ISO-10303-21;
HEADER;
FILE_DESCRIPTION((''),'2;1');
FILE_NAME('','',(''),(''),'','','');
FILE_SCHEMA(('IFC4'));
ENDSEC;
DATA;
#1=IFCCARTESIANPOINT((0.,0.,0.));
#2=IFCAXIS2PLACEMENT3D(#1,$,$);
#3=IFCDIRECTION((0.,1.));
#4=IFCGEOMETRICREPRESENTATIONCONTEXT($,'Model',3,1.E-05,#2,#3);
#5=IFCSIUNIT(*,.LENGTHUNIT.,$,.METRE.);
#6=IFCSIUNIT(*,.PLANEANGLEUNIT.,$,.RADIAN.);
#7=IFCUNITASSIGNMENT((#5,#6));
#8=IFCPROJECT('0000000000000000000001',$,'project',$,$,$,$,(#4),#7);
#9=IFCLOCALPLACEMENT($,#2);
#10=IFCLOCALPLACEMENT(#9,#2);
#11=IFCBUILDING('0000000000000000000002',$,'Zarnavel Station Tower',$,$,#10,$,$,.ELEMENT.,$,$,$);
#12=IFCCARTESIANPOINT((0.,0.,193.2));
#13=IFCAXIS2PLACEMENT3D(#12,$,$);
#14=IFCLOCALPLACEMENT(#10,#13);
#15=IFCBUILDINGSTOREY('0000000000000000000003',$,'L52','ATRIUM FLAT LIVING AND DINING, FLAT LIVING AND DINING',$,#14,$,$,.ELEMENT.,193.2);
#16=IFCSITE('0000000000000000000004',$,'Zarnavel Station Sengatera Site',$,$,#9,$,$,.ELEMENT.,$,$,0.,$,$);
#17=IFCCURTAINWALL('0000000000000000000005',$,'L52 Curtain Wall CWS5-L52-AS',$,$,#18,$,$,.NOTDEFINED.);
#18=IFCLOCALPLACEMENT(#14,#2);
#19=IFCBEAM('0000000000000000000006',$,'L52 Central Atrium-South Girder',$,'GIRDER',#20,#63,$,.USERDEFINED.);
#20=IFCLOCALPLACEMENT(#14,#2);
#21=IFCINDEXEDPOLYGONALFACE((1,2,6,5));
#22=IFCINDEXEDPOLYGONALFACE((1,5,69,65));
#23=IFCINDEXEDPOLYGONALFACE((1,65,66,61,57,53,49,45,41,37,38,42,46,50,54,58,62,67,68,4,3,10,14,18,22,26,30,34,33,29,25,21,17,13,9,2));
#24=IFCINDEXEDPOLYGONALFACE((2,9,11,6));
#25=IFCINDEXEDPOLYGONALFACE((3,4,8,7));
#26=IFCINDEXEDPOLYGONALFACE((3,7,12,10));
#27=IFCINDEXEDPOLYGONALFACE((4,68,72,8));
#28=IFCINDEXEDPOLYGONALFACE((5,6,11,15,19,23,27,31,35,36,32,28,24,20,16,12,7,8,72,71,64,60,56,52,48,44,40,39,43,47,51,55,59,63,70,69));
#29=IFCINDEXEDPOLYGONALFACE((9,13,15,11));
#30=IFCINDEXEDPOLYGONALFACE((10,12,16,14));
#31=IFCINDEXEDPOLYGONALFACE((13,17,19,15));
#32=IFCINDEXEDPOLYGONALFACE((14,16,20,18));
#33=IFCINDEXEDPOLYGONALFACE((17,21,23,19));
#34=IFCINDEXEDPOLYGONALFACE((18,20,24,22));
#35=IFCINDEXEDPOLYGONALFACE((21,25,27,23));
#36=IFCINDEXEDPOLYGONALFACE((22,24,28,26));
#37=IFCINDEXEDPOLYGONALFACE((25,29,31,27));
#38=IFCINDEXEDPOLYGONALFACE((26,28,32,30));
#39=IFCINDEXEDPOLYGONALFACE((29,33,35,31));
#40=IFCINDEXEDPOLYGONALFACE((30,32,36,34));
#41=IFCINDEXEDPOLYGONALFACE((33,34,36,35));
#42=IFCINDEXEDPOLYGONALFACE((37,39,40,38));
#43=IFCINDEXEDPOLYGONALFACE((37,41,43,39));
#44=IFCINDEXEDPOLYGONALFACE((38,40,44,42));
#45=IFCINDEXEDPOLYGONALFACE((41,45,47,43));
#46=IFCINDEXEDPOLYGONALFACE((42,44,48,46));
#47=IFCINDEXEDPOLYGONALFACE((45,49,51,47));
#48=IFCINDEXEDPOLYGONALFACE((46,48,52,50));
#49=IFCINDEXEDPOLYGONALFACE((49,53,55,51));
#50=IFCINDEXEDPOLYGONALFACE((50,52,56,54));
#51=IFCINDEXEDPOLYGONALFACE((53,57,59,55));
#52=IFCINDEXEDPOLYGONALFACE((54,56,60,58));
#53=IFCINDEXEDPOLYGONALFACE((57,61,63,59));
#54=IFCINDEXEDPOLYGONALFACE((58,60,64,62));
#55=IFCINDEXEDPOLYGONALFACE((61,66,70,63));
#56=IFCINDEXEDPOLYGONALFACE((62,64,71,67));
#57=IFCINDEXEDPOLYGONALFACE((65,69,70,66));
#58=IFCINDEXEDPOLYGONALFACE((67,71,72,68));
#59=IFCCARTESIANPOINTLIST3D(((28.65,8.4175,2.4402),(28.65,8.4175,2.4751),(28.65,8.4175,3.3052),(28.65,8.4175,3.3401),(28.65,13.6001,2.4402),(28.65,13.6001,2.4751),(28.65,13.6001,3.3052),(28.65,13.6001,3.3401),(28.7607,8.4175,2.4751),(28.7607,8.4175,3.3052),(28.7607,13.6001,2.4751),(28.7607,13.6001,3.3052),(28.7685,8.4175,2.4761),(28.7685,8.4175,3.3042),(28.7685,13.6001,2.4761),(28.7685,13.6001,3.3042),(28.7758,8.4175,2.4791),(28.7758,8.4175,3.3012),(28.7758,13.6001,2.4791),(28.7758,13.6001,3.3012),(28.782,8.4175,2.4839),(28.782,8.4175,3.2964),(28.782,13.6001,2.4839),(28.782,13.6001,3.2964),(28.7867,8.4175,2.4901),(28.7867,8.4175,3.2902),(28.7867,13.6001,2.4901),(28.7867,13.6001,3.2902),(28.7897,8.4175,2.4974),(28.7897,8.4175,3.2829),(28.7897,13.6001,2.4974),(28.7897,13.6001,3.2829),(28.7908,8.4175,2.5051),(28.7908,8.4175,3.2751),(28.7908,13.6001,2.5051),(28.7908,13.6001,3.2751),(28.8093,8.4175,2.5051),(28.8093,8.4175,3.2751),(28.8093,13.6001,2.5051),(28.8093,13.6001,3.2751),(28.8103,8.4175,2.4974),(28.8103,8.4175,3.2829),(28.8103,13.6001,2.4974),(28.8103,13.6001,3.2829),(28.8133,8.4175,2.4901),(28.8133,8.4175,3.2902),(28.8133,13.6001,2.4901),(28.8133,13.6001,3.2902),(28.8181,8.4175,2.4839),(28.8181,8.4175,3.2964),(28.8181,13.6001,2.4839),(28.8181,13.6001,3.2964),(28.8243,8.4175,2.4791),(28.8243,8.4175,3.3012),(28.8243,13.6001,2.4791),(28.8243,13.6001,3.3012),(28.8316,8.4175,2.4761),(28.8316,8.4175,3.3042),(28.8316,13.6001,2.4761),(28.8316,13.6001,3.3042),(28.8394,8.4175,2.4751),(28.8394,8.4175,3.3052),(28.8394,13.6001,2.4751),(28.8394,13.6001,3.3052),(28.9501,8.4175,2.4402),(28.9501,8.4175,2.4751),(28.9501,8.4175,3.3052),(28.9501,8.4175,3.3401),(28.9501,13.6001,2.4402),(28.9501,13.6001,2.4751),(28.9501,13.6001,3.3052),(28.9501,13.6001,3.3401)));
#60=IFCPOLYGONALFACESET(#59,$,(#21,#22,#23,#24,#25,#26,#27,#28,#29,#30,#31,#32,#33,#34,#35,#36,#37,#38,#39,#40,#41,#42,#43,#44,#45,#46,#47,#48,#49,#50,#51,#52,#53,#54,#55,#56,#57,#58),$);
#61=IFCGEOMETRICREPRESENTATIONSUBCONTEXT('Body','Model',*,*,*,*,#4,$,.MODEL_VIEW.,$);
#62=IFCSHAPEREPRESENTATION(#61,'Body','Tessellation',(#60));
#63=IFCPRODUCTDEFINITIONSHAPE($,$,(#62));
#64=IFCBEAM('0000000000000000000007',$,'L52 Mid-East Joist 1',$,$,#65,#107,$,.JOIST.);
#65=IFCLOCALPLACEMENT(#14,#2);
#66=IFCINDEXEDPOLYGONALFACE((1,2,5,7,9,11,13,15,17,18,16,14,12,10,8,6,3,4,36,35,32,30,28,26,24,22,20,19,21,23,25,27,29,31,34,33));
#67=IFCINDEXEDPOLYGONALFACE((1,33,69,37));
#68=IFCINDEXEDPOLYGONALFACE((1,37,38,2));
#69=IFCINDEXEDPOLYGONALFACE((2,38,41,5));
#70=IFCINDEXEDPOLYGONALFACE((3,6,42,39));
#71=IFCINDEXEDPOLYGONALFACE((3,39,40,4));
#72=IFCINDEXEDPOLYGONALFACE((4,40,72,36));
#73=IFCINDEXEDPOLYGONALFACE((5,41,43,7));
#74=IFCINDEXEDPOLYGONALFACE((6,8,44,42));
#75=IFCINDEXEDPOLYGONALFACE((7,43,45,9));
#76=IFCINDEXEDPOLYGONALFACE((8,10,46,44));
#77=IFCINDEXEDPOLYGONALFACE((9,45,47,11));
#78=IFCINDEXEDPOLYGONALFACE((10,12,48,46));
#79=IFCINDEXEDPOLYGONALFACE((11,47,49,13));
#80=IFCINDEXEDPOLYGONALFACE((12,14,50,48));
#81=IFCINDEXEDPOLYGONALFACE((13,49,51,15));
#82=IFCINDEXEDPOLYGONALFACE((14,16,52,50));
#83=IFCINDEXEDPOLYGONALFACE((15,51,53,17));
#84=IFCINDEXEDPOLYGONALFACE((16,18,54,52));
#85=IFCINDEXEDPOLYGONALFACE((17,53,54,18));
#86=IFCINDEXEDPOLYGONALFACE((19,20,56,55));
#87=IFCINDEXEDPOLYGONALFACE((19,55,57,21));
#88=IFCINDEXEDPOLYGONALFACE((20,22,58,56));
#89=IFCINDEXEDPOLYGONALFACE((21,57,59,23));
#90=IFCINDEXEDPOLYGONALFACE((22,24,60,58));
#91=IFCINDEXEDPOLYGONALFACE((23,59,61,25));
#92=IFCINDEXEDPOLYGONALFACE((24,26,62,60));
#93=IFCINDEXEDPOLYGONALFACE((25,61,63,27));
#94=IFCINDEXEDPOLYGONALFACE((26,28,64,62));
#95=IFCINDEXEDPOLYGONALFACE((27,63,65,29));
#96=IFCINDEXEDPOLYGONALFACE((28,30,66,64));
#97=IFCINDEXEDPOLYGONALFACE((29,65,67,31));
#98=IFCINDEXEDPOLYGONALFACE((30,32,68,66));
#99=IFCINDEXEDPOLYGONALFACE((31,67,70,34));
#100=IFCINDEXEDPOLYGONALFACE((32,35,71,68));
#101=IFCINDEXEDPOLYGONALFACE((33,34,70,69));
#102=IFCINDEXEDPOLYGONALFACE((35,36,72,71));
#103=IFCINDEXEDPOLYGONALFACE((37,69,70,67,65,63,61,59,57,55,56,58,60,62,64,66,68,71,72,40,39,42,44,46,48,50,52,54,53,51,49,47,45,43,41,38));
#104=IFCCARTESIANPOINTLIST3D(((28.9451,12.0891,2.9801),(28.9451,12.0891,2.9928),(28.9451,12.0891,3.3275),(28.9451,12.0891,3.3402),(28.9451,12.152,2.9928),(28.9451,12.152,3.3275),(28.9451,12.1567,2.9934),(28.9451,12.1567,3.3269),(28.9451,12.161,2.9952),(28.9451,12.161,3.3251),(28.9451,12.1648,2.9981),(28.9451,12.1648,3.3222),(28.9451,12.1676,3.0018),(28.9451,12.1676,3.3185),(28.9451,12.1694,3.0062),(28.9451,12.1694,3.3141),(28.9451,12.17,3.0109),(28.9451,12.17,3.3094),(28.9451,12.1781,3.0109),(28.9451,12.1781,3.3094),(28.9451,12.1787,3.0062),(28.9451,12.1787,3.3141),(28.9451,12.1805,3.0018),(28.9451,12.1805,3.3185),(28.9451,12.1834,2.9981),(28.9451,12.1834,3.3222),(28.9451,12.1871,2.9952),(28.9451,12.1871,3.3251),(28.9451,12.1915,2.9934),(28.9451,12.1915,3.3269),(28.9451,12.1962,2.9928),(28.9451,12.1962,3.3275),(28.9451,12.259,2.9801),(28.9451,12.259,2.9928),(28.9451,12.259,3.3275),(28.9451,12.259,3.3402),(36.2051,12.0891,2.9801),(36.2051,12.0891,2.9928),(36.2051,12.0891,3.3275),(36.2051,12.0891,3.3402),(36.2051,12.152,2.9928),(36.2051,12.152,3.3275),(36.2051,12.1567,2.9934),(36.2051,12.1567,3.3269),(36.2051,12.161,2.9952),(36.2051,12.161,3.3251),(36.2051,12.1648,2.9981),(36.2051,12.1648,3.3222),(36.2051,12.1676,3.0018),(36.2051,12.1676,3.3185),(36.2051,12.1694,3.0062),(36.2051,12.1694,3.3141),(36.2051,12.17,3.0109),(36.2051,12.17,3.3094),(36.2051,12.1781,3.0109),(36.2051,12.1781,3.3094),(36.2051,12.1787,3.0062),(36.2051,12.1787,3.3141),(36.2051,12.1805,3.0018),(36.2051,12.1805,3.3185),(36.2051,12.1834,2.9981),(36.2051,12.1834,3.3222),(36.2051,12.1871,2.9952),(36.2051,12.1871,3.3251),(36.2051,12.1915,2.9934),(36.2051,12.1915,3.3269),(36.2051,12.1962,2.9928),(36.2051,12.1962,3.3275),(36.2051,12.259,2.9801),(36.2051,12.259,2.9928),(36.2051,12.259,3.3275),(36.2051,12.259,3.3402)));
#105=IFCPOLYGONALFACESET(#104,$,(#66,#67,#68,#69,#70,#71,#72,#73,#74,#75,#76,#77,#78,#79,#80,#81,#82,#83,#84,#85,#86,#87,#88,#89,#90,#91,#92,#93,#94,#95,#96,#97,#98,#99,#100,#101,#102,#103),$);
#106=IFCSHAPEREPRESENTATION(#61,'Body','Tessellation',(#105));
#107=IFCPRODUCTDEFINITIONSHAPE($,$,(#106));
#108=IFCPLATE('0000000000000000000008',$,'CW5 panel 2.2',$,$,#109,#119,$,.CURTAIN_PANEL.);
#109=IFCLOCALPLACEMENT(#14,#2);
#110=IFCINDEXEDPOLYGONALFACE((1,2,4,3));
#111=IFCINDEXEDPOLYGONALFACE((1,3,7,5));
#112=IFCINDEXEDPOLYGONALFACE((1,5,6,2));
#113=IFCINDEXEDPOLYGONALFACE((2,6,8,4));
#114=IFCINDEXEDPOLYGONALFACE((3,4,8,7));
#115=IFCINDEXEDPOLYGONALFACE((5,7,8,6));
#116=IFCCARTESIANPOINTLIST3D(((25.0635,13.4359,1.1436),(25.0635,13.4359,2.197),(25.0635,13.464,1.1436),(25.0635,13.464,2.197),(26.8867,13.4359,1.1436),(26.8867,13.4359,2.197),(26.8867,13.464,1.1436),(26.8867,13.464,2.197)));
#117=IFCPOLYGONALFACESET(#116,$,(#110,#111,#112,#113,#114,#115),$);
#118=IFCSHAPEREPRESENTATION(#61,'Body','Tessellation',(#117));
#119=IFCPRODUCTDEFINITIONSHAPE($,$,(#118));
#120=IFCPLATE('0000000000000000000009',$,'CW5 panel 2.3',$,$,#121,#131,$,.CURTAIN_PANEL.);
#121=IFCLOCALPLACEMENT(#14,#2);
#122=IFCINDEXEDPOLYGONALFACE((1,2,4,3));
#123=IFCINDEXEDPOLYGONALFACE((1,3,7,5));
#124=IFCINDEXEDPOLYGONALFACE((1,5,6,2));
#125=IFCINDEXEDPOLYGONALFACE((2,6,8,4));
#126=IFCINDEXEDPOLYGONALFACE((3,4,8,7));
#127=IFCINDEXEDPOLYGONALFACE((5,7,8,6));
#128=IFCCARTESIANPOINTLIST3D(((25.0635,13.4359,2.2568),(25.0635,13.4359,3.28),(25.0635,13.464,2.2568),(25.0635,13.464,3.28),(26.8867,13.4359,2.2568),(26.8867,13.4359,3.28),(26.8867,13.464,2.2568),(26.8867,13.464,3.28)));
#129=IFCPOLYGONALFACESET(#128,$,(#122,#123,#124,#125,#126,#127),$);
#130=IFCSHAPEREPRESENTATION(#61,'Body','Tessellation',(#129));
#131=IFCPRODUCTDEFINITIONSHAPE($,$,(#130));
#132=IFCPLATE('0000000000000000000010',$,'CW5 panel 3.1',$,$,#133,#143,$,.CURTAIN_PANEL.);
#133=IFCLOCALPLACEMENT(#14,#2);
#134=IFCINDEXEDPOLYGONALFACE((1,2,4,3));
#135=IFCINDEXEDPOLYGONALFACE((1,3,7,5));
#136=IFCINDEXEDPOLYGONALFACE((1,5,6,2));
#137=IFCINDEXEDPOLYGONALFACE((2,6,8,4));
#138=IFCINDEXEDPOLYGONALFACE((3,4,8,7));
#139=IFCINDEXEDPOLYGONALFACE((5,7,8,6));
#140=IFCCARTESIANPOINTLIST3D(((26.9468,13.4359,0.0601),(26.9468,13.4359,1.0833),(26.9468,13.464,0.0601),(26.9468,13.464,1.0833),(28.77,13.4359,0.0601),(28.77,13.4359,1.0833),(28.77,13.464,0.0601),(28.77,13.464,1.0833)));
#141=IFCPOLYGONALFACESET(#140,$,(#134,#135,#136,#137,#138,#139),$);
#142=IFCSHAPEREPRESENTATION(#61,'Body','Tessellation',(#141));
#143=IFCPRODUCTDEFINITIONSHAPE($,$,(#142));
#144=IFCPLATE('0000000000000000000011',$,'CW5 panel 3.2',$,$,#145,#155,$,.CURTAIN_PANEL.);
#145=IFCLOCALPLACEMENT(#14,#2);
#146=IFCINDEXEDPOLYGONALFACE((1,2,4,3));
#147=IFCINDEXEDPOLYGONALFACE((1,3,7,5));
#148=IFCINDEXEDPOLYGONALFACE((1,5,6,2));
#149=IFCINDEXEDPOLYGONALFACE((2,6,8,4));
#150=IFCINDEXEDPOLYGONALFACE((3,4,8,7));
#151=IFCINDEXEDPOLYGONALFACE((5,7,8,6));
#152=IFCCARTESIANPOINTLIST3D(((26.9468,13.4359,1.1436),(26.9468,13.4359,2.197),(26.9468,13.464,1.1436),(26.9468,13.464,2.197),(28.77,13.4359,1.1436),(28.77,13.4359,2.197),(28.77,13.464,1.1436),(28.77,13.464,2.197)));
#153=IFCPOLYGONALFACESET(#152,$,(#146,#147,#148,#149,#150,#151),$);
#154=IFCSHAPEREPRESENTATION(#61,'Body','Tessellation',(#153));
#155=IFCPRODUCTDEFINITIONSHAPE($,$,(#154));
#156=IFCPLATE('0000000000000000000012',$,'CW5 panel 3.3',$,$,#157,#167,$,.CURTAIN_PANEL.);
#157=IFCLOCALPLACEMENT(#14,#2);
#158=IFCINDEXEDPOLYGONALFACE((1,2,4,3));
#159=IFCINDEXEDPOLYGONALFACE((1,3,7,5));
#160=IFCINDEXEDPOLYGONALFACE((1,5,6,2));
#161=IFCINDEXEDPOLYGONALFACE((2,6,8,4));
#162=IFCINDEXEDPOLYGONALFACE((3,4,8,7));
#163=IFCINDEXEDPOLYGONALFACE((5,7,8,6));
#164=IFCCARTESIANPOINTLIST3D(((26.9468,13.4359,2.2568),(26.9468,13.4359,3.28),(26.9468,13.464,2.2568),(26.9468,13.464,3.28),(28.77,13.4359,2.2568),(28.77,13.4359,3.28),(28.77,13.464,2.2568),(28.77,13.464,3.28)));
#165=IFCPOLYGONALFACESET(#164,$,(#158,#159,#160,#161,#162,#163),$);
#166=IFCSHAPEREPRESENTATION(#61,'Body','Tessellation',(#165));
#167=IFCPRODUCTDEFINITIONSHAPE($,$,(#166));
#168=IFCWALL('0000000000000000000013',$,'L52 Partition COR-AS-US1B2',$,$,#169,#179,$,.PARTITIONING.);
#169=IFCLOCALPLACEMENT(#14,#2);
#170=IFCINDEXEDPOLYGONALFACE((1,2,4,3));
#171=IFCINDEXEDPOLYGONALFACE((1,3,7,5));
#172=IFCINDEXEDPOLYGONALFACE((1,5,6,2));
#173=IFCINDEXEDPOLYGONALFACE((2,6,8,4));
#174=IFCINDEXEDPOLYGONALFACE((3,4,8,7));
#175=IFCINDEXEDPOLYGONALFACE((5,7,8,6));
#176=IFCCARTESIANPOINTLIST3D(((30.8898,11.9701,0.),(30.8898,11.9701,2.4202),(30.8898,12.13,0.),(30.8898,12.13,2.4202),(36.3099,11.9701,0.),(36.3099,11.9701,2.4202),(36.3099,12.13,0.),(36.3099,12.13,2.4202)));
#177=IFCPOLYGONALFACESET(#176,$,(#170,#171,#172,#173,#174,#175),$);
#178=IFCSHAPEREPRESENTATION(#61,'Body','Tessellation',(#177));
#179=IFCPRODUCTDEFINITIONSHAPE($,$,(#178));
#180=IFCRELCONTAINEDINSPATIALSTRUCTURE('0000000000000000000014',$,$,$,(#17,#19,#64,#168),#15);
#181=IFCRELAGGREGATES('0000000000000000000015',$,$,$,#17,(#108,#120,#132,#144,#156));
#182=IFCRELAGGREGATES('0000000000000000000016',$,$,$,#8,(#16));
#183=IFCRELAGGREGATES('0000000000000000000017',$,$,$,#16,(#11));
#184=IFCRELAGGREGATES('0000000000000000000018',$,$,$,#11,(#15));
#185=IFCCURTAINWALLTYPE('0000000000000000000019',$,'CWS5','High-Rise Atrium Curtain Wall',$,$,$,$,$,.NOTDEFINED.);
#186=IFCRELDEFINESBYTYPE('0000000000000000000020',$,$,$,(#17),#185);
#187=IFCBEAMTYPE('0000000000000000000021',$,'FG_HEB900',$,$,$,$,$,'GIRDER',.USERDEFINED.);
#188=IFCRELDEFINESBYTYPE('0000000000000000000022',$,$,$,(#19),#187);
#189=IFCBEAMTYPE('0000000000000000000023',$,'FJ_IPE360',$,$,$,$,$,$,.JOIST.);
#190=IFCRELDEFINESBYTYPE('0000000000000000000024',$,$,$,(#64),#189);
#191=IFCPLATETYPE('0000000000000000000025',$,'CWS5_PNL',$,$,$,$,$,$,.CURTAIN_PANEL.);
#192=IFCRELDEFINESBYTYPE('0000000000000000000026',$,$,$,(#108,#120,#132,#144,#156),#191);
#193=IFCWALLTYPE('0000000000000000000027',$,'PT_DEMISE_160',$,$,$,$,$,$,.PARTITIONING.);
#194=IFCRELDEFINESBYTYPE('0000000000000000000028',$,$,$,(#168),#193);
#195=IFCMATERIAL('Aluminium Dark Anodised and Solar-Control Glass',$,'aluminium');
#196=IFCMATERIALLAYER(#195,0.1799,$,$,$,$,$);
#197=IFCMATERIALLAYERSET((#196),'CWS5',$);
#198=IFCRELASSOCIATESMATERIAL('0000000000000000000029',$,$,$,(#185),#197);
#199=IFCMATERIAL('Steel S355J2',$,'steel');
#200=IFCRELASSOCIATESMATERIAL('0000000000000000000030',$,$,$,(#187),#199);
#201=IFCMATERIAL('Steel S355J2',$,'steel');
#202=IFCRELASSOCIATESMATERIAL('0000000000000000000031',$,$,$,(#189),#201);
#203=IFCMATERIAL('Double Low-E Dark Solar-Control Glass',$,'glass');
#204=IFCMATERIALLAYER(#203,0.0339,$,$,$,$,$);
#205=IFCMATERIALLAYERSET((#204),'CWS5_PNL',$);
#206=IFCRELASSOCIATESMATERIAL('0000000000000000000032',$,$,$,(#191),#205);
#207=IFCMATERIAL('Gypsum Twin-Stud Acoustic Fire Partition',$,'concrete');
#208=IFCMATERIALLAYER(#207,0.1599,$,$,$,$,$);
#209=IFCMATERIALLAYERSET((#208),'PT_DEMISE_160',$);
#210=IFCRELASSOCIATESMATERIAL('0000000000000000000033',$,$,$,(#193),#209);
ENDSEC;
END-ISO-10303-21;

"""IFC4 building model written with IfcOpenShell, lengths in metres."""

from ifc_helpers import new_model, si_unit, direction, frame, frame_2d, origin, origin_2d, place, context, subcontext, project, spatial, rectangle, i_section, extrude, material, layer, layer_set, material_profile, profile_set, type_object, element, aggregate, save


model = new_model("IFC4")

# Units and contexts
model_context = context("Model", 3, precision=1e-05, world=origin(), true_north=direction((0.0, 1.0)))
body_context = subcontext(model_context, "Body", "Model", "MODEL_VIEW")
ifc_project = project(units=[si_unit("LENGTHUNIT", "METRE"), si_unit("PLANEANGLEUNIT", "RADIAN")], contexts=[model_context])

# Site, building, storey
site_placement = place(None, origin())
site = spatial("IfcSite", under=ifc_project, at=site_placement, Name="Zarnavel Station Sengatera Site", CompositionType="ELEMENT", RefElevation=0.0)
building_placement = place(site_placement, origin())
building = spatial("IfcBuilding", under=site, at=building_placement, Name="Zarnavel Station Tower", CompositionType="ELEMENT")
storey_placement = place(building_placement, frame((0.0, 0.0, 193.2)))
storey = spatial("IfcBuildingStorey", under=building, at=storey_placement, Name="L52", Description="ATRIUM FLAT LIVING AND DINING, FLAT LIVING AND DINING", CompositionType="ELEMENT", Elevation=193.2)

# Curtain wall
ifc_material_1 = material(Name="Aluminium Dark Anodised and Solar-Control Glass", Category="aluminium")
ifc_layer_1 = layer(ifc_material_1, 0.1799)
ifc_layer_set_1 = layer_set([ifc_layer_1], Name="CWS5")
curtain_wall_type_1 = type_object("IfcCurtainWallType", Name="CWS5", Description="High-Rise Atrium Curtain Wall", PredefinedType="NOTDEFINED", material=ifc_layer_set_1)
curtain_wall_1_placement = place(storey_placement, origin())
curtain_wall_1 = element("IfcCurtainWall", 1, at=curtain_wall_1_placement, inside=storey, type_object=curtain_wall_type_1, Name="L52 Curtain Wall CWS5-L52-AS", PredefinedType="NOTDEFINED")

# Beams
ifc_material_2 = material(Name="Steel S355J2", Category="steel")
ifc_material_profile_1 = material_profile(ifc_material_2, i_section(OverallWidth=0.3, OverallDepth=0.8999, WebThickness=0.0186, FlangeThickness=0.0349, FilletRadius=0.03, at=origin_2d()), Name="HEB900")
ifc_profile_set_1 = profile_set([ifc_material_profile_1], Name="Steel S355J2")
beam_type_1 = type_object("IfcBeamType", Name="FG_HEB900", ElementType="GIRDER", PredefinedType="USERDEFINED", material=ifc_profile_set_1)
beam_1_placement = place(storey_placement, frame((28.8, 8.4175, 2.8901), z_axis=(0.0, 1.0, 0.0), x_axis=(-1.0, 0.0, 0.0)))
element("IfcBeam", 2, at=beam_1_placement, inside=storey, type_object=beam_type_1, Name="L52 Central Atrium-South Girder", ObjectType="GIRDER", PredefinedType="USERDEFINED", context=body_context, shape_type="SweptSolid", body=[
    extrude(i_section(OverallWidth=0.3, OverallDepth=0.8999, WebThickness=0.0186, FlangeThickness=0.0349, FilletRadius=0.03, at=origin_2d()), origin(), (0.0, 0.0, 1.0), 5.1826),
])
ifc_material_3 = material(Name="Steel S355J2", Category="steel")
ifc_material_profile_2 = material_profile(ifc_material_3, i_section(OverallWidth=0.1699, OverallDepth=0.3601, WebThickness=0.0081, FlangeThickness=0.0127, FilletRadius=0.0181, at=origin_2d()), Name="IPE360")
ifc_profile_set_2 = profile_set([ifc_material_profile_2], Name="Steel S355J2")
beam_type_2 = type_object("IfcBeamType", Name="FJ_IPE360", PredefinedType="JOIST", material=ifc_profile_set_2)
beam_2_placement = place(storey_placement, frame((28.9451, 12.1741, 3.1602), z_axis=(1.0, 0.0, 0.0), x_axis=(0.0, 1.0, 0.0)))
element("IfcBeam", 3, at=beam_2_placement, inside=storey, type_object=beam_type_2, Name="L52 Mid-East Joist 1", PredefinedType="JOIST", context=body_context, shape_type="SweptSolid", body=[
    extrude(i_section(OverallWidth=0.1699, OverallDepth=0.3601, WebThickness=0.0081, FlangeThickness=0.0127, FilletRadius=0.0181, at=origin_2d()), origin(), (0.0, 0.0, 1.0), 7.26),
])

# Plates
ifc_material_4 = material(Name="Double Low-E Dark Solar-Control Glass", Category="glass")
ifc_layer_2 = layer(ifc_material_4, 0.0339)
ifc_layer_set_2 = layer_set([ifc_layer_2], Name="CWS5_PNL")
plate_type = type_object("IfcPlateType", Name="CWS5_PNL", PredefinedType="CURTAIN_PANEL", material=ifc_layer_set_2)
plate_1_placement = place(storey_placement, frame((25.9751, 13.45, 1.1436), z_axis=(0.0, 0.0, 1.0), x_axis=(1.0, 0.0, 0.0)))
plate_1 = element("IfcPlate", 4, at=plate_1_placement, type_object=plate_type, Name="CW5 panel 2.2", PredefinedType="CURTAIN_PANEL", context=body_context, shape_type="SweptSolid", body=[
    extrude(rectangle(XDim=1.8232, YDim=0.0281, at=origin_2d()), origin(), (0.0, 0.0, 1.0), 1.0535),
])
plate_2_placement = place(storey_placement, frame((25.9751, 13.45, 2.2568), z_axis=(0.0, 0.0, 1.0), x_axis=(1.0, 0.0, 0.0)))
plate_2 = element("IfcPlate", 5, at=plate_2_placement, type_object=plate_type, Name="CW5 panel 2.3", PredefinedType="CURTAIN_PANEL", context=body_context, shape_type="SweptSolid", body=[
    extrude(rectangle(XDim=1.8232, YDim=0.0281, at=origin_2d()), origin(), (0.0, 0.0, 1.0), 1.0232),
])
plate_3_placement = place(storey_placement, frame((27.8584, 13.45, 0.0601), z_axis=(0.0, 0.0, 1.0), x_axis=(1.0, 0.0, 0.0)))
plate_3 = element("IfcPlate", 6, at=plate_3_placement, type_object=plate_type, Name="CW5 panel 3.1", PredefinedType="CURTAIN_PANEL", context=body_context, shape_type="SweptSolid", body=[
    extrude(rectangle(XDim=1.8232, YDim=0.0281, at=origin_2d()), origin(), (0.0, 0.0, 1.0), 1.0232),
])
plate_4_placement = place(storey_placement, frame((27.8584, 13.45, 1.1436), z_axis=(0.0, 0.0, 1.0), x_axis=(1.0, 0.0, 0.0)))
plate_4 = element("IfcPlate", 7, at=plate_4_placement, type_object=plate_type, Name="CW5 panel 3.2", PredefinedType="CURTAIN_PANEL", context=body_context, shape_type="SweptSolid", body=[
    extrude(rectangle(XDim=1.8232, YDim=0.0281, at=origin_2d()), origin(), (0.0, 0.0, 1.0), 1.0535),
])
plate_5_placement = place(storey_placement, frame((27.8584, 13.45, 2.2568), z_axis=(0.0, 0.0, 1.0), x_axis=(1.0, 0.0, 0.0)))
plate_5 = element("IfcPlate", 8, at=plate_5_placement, type_object=plate_type, Name="CW5 panel 3.3", PredefinedType="CURTAIN_PANEL", context=body_context, shape_type="SweptSolid", body=[
    extrude(rectangle(XDim=1.8232, YDim=0.0281, at=origin_2d()), origin(), (0.0, 0.0, 1.0), 1.0232),
])
aggregate(curtain_wall_1, [plate_1, plate_2, plate_3, plate_4, plate_5])

# Wall
ifc_material_5 = material(Name="Gypsum Twin-Stud Acoustic Fire Partition", Category="concrete")
ifc_layer_3 = layer(ifc_material_5, 0.1599)
ifc_layer_set_3 = layer_set([ifc_layer_3], Name="PT_DEMISE_160")
wall_type_1 = type_object("IfcWallType", Name="PT_DEMISE_160", PredefinedType="PARTITIONING", material=ifc_layer_set_3)
wall_1_placement = place(storey_placement, frame((30.8899, 12.05, 0.0), z_axis=(0.0, 0.0, 1.0), x_axis=(1.0, 0.0, 0.0)))
element("IfcWall", 9, at=wall_1_placement, inside=storey, type_object=wall_type_1, Name="L52 Partition COR-AS-US1B2", PredefinedType="PARTITIONING", context=body_context, shape_type="SweptSolid", body=[
    extrude(rectangle(XDim=5.4202, YDim=0.1599, at=frame_2d((2.71, 0.0))), origin(), (0.0, 0.0, 1.0), 2.4202),
])

save(model, "model.ifc")
